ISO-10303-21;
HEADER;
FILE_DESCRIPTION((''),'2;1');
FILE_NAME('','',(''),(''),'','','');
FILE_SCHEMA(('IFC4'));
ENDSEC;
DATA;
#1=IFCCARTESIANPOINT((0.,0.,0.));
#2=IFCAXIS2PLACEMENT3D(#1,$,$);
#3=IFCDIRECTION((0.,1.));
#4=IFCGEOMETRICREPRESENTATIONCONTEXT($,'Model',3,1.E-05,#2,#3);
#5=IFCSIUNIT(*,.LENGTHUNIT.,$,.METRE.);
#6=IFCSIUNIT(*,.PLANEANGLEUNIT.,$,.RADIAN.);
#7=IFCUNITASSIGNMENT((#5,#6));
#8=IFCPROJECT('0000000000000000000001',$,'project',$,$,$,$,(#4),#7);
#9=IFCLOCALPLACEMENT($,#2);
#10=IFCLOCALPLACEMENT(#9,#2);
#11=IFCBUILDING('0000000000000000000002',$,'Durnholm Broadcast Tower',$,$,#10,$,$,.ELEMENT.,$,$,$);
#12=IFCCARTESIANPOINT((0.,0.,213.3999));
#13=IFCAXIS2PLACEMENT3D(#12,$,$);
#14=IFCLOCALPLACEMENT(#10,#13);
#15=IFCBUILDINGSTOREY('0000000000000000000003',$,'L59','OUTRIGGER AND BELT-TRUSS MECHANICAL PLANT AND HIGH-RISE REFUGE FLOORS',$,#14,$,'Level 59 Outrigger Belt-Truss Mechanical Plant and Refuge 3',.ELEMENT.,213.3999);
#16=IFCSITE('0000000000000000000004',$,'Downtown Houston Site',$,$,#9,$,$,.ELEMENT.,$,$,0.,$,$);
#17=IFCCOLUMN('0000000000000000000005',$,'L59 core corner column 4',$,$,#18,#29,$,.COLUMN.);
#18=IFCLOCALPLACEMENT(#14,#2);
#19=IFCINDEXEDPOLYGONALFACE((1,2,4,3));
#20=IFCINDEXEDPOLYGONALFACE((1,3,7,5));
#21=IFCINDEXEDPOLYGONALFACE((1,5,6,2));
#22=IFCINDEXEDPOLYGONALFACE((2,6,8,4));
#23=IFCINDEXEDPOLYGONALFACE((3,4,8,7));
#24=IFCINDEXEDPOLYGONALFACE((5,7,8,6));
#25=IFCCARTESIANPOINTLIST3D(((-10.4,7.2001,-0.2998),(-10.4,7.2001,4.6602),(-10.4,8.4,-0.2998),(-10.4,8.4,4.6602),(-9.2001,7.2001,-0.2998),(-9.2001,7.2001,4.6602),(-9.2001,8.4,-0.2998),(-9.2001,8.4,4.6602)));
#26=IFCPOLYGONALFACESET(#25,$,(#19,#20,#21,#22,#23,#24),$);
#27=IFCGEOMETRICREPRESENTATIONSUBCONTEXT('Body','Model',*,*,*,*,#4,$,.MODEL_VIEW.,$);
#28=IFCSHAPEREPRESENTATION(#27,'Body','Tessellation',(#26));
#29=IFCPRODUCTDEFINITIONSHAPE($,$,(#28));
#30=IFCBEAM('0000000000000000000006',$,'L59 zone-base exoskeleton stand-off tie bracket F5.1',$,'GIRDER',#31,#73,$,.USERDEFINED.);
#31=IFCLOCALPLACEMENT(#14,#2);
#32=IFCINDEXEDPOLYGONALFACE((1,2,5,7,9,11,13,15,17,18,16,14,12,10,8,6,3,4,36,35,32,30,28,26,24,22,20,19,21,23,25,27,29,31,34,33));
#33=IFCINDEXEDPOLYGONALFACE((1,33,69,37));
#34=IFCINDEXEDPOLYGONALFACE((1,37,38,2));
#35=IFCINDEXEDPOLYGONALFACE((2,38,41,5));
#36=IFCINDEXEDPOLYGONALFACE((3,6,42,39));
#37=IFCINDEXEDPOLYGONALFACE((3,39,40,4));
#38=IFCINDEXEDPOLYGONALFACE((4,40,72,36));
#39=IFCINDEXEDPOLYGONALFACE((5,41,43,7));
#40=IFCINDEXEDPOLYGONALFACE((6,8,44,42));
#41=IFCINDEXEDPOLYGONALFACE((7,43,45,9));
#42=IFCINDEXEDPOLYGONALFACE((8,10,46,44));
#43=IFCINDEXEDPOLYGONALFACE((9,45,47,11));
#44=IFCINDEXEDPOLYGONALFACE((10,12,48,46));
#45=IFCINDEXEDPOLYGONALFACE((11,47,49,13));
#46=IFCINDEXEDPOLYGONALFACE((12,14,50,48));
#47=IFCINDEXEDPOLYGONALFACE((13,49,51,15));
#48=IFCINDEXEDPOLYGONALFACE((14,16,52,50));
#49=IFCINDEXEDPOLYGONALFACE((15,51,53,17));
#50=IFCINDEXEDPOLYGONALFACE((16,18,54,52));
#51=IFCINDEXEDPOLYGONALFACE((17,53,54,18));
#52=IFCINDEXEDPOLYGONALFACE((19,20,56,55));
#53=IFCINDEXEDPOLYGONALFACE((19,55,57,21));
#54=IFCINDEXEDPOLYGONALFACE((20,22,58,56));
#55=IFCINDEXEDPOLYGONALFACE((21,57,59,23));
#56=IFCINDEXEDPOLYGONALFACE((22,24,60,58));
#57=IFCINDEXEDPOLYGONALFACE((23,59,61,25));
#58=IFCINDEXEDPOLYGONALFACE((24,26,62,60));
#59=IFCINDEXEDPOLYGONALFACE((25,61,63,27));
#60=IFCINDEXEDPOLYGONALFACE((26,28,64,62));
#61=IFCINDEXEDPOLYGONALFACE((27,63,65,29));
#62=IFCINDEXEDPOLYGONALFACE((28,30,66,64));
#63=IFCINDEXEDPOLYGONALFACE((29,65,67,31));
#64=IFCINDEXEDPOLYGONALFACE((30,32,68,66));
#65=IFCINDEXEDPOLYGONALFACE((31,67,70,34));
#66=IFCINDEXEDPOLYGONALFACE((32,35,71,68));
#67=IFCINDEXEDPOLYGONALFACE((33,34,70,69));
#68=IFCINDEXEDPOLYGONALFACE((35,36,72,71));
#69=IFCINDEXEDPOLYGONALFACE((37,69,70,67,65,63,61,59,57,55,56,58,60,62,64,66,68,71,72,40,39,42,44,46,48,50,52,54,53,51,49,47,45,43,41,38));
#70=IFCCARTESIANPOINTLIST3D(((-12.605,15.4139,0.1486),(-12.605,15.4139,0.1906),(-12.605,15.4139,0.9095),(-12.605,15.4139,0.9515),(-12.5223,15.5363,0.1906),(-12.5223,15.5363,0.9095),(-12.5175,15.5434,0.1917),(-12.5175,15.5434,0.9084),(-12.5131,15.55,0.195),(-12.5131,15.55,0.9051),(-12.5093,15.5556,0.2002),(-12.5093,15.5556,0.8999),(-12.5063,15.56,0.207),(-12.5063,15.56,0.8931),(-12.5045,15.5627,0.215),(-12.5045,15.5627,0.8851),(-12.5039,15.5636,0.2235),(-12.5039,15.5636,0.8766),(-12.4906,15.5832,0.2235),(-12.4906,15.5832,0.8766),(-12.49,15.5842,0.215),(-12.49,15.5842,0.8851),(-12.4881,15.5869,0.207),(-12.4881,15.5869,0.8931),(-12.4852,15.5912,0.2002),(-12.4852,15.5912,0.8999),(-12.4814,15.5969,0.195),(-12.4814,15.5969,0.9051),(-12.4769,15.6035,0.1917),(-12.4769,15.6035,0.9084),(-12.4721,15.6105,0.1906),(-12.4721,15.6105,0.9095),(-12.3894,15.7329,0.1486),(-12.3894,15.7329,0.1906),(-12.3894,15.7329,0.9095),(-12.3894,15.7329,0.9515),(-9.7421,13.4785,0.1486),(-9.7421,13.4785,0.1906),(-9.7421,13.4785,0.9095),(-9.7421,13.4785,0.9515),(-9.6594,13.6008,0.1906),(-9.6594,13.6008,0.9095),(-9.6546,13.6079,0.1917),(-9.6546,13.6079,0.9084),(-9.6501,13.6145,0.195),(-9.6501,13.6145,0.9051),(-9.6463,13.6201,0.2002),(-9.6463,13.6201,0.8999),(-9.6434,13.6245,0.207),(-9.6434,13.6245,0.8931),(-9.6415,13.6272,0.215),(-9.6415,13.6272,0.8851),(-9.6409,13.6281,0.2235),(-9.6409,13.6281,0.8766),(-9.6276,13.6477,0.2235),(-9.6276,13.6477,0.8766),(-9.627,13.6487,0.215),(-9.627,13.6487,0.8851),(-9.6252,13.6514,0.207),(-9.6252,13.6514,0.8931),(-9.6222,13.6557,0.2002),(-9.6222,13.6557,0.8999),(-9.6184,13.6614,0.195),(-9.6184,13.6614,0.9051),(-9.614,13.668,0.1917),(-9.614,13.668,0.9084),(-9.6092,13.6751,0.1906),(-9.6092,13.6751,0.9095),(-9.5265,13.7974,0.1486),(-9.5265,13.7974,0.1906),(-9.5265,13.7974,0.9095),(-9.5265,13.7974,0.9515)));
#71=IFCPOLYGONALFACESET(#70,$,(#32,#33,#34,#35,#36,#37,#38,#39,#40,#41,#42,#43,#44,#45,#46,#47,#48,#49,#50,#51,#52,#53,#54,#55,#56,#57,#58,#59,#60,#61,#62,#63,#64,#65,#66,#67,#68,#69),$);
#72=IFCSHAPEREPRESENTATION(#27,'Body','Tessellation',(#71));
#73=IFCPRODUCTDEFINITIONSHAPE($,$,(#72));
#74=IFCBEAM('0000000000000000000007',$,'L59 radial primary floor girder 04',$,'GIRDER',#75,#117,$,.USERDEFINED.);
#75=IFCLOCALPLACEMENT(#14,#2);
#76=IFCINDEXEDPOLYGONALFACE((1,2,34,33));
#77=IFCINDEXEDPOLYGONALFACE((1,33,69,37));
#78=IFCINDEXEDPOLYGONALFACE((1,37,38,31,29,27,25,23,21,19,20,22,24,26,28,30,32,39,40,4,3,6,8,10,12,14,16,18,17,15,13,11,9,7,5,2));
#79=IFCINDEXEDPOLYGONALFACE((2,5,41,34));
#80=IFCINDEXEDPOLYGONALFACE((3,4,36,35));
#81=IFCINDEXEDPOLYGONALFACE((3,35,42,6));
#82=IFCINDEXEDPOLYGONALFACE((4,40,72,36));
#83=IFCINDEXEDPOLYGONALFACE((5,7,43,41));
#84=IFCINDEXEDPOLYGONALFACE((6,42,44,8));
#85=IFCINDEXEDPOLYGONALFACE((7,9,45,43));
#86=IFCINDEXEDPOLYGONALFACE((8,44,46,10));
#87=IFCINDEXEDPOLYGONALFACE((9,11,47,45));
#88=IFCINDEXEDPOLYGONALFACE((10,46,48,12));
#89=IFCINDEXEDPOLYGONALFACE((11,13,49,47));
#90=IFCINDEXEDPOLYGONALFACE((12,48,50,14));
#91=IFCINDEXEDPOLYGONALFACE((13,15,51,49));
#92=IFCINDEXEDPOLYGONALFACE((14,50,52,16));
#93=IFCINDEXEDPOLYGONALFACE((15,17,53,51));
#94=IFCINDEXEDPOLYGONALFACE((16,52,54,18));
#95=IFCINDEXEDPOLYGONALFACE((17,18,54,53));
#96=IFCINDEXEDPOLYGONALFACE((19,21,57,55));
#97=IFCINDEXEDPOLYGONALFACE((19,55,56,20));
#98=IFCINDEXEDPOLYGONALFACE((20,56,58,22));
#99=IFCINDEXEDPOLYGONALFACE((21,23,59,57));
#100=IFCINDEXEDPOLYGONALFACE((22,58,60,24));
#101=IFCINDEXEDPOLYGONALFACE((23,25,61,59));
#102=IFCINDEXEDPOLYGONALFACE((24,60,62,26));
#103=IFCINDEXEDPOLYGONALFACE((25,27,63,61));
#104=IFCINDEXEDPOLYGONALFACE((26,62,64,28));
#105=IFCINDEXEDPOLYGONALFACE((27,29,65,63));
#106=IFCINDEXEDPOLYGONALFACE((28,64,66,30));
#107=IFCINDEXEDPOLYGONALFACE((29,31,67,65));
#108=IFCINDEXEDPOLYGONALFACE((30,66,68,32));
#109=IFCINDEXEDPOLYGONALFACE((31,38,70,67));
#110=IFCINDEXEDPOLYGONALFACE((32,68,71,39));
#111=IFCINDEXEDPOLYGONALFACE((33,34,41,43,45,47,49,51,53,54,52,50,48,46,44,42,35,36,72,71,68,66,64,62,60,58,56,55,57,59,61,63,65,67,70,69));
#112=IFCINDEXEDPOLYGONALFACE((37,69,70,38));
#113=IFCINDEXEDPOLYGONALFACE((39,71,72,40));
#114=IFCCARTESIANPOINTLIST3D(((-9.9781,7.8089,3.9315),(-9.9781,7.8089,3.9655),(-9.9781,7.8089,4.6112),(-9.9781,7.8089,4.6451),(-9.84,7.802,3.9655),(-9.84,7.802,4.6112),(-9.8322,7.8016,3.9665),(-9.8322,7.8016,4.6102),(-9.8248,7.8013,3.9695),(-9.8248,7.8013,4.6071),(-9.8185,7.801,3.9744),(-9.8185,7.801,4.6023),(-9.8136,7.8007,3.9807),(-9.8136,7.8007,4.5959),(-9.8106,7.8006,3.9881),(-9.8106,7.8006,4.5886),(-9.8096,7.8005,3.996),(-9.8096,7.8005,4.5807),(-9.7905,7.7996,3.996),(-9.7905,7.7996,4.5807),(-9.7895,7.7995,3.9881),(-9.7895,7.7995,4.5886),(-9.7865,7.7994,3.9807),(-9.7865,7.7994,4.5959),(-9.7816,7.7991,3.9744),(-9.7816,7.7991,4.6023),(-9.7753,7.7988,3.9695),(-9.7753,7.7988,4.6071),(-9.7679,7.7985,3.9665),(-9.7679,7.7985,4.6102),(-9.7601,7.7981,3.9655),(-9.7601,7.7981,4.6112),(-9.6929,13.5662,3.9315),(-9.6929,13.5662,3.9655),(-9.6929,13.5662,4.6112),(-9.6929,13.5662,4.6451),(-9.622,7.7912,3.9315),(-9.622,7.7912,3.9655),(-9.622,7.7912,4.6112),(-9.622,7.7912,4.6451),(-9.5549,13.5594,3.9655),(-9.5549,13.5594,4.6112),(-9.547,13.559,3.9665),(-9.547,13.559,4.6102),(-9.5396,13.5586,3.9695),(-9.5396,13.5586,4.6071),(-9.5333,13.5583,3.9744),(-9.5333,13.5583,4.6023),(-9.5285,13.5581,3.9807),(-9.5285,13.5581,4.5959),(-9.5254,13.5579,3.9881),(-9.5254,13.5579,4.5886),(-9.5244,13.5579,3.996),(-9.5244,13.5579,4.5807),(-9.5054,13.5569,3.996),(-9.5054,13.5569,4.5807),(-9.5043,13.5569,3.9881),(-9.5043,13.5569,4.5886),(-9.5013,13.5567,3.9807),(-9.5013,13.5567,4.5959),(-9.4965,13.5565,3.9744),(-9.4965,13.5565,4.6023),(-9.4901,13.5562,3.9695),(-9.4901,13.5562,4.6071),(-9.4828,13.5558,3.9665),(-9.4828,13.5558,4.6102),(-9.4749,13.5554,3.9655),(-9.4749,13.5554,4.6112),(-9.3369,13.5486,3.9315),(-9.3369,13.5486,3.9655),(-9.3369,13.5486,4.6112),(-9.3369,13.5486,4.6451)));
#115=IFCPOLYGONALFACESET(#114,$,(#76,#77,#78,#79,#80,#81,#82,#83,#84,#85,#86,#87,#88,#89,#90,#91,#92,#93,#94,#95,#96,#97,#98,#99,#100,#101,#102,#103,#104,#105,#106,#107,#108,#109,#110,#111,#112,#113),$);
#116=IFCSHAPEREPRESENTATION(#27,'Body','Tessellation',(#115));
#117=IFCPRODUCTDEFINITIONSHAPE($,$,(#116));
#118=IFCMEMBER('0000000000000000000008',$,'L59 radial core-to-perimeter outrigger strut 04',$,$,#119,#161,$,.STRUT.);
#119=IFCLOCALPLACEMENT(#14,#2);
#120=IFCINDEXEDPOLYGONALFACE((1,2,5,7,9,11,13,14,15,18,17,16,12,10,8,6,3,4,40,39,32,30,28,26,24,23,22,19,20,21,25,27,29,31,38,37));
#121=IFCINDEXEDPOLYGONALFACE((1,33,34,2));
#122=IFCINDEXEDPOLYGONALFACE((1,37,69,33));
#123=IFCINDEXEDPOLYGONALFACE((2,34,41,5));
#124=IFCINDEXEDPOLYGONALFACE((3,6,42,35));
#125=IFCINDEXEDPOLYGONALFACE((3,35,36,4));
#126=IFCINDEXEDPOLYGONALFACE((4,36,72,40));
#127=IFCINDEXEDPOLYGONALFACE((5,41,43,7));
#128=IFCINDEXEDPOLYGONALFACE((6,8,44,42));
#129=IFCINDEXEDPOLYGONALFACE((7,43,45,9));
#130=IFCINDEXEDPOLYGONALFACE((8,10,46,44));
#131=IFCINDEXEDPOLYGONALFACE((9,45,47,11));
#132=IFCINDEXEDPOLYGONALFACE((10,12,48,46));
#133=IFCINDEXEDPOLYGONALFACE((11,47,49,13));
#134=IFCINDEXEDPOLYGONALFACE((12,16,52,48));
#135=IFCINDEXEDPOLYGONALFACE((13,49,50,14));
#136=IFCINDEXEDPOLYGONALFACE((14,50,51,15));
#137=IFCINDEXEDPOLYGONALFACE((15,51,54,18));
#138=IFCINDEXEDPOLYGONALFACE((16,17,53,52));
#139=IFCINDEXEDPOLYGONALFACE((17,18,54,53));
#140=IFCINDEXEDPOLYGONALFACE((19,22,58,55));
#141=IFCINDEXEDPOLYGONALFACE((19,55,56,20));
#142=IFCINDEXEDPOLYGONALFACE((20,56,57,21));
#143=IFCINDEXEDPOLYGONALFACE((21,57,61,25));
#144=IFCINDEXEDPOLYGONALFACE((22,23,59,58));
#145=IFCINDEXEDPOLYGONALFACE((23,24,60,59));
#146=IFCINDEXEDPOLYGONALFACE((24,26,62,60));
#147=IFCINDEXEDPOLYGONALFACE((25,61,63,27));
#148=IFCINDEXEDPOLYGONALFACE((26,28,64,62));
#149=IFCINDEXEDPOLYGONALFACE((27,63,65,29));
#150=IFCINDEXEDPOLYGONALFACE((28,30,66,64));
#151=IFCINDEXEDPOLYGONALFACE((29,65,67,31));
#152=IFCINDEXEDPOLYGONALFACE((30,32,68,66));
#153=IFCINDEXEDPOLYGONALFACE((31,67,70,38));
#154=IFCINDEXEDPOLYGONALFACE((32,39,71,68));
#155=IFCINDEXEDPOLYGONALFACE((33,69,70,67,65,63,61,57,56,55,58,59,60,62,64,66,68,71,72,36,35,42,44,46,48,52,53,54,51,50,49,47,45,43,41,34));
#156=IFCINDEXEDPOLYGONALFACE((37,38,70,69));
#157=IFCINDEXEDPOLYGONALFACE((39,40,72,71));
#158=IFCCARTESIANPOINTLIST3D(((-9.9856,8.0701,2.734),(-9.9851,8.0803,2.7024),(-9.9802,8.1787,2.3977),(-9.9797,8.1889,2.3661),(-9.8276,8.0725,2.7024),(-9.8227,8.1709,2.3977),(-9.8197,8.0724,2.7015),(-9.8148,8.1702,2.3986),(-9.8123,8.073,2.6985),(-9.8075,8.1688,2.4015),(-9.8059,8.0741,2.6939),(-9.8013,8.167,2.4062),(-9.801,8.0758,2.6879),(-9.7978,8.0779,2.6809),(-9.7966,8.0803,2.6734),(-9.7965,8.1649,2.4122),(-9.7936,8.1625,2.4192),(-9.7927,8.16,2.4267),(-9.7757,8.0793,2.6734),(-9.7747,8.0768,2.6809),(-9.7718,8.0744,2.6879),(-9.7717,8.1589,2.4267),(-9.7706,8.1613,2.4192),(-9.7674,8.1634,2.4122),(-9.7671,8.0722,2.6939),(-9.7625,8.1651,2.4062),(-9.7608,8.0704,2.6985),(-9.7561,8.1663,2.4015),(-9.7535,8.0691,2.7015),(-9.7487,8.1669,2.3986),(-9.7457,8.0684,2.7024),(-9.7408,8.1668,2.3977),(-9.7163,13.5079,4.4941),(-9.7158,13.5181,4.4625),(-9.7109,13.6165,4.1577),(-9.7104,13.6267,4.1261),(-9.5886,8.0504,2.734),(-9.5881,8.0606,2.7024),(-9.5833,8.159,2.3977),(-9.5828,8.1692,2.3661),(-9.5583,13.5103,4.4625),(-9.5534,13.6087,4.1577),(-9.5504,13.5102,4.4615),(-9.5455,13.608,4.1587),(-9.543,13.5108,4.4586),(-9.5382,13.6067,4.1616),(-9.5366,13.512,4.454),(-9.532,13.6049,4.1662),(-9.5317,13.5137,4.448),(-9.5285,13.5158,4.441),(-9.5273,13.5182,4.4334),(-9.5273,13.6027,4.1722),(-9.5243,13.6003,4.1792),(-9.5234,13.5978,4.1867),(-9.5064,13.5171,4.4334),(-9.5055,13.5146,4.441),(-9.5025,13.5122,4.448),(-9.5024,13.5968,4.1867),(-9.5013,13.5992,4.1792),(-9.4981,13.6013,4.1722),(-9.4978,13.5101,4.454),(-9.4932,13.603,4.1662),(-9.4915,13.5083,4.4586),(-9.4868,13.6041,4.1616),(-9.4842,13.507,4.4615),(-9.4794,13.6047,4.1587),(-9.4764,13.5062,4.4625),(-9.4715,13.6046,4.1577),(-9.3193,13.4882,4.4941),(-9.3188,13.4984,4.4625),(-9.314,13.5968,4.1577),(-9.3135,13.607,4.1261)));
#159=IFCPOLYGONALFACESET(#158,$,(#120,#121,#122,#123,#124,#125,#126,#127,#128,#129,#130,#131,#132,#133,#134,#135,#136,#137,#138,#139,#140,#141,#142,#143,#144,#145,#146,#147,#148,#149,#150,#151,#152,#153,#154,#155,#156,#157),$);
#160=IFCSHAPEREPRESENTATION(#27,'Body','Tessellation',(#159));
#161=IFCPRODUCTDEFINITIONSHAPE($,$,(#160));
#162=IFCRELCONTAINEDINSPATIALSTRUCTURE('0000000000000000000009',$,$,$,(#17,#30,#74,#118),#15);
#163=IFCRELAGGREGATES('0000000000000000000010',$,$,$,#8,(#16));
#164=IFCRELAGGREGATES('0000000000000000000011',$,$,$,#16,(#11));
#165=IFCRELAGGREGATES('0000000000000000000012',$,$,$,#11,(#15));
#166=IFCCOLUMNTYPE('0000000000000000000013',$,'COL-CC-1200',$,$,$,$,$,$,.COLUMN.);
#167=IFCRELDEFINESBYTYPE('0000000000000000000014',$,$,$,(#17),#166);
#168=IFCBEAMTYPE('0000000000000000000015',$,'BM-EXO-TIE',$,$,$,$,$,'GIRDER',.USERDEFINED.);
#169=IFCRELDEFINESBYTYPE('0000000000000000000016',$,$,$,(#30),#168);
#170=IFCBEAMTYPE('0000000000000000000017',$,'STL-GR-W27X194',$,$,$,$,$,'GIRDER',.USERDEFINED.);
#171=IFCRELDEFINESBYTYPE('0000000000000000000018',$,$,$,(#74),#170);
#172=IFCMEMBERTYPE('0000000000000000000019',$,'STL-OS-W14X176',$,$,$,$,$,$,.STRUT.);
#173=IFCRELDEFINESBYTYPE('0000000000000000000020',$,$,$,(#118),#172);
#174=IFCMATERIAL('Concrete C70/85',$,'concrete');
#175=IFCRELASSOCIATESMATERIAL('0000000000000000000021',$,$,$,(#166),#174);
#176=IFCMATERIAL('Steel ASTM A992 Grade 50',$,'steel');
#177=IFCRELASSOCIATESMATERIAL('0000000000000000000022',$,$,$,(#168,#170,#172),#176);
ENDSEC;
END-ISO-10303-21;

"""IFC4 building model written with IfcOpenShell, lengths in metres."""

from ifc_helpers import new_model, si_unit, direction, frame, origin, origin_2d, place, context, subcontext, project, spatial, rectangle, i_section, extrude, source, transform, mapped, material, material_profile, profile_set, type_object, type_shapes, element, save


model = new_model("IFC4")

# Units and contexts
model_context = context("Model", 3, precision=1e-05, world=origin(), true_north=direction((0.0, 1.0)))
body_context = subcontext(model_context, "Body", "Model", "MODEL_VIEW")
ifc_project = project(units=[si_unit("LENGTHUNIT", "METRE"), si_unit("PLANEANGLEUNIT", "RADIAN")], contexts=[model_context])

# Site, building, storey
site_placement = place(None, origin())
site = spatial("IfcSite", under=ifc_project, at=site_placement, Name="Downtown Houston Site", CompositionType="ELEMENT", RefElevation=0.0)
building_placement = place(site_placement, origin())
building = spatial("IfcBuilding", under=site, at=building_placement, Name="Durnholm Broadcast Tower", CompositionType="ELEMENT")
storey_placement = place(building_placement, frame((0.0, 0.0, 213.3999)))
storey = spatial("IfcBuildingStorey", under=building, at=storey_placement, Name="L59", Description="OUTRIGGER AND BELT-TRUSS MECHANICAL PLANT AND HIGH-RISE REFUGE FLOORS", LongName="Level 59 Outrigger Belt-Truss Mechanical Plant and Refuge 3", CompositionType="ELEMENT", Elevation=213.3999)

# Column
ifc_material_1 = material(Name="Concrete C70/85", Category="concrete")
ifc_material_profile_1 = material_profile(ifc_material_1, rectangle(XDim=1.2, YDim=1.2, at=origin_2d()), Name="RC1200X1200")
ifc_profile_set_1 = profile_set([ifc_material_profile_1], Name="Concrete C70/85")
column_type = type_object("IfcColumnType", Name="COL-CC-1200", PredefinedType="COLUMN", material=ifc_profile_set_1)
shared_shape_1 = source(origin(), body_context, "Body", "SweptSolid", [
    extrude(rectangle(XDim=1.2, YDim=1.2, at=origin_2d()), origin(), (0.0, 0.0, 1.0), 4.96),
])
type_shapes(column_type, [shared_shape_1])
column_placement = place(storey_placement, frame((-9.8, 7.8, -0.2998), z_axis=(0.0, 0.0, 1.0), x_axis=(1.0, 0.0, 0.0)))
element("IfcColumn", 1, at=column_placement, inside=storey, type_object=column_type, Name="L59 core corner column 4", PredefinedType="COLUMN", context=body_context, shape_type="MappedRepresentation", body=[
    mapped(shared_shape_1, transform((0.0, 0.0, 0.0), x_axis=(1.0, 0.0, 0.0), y_axis=(0.0, 1.0, 0.0), z_axis=(0.0, 0.0, 1.0), scale=1.0)),
])

# Beams
ifc_material_2 = material(Name="Steel ASTM A992 Grade 50", Category="steel")
ifc_material_profile_2 = material_profile(ifc_material_2, i_section(OverallWidth=0.385, OverallDepth=0.803, WebThickness=0.0237, FlangeThickness=0.042, FilletRadius=0.033, at=origin_2d()), Name="W30X261")
ifc_profile_set_2 = profile_set([ifc_material_profile_2], Name="Steel ASTM A992 Grade 50")
beam_type_1 = type_object("IfcBeamType", Name="BM-EXO-TIE", ElementType="GIRDER", PredefinedType="USERDEFINED", material=ifc_profile_set_2)
shared_shape_2 = source(origin(), body_context, "Body", "SweptSolid", [
    extrude(i_section(OverallWidth=0.385, OverallDepth=0.803, WebThickness=0.0237, FlangeThickness=0.042, FilletRadius=0.033, at=origin_2d()), origin(), (0.0, 0.0, 1.0), 3.4558),
])
beam_1_placement = place(storey_placement, frame((-9.6343, 13.6379, 0.55), z_axis=(-0.828446, 0.560068, 0.0), x_axis=(-0.560068, -0.828446, 0.0)))
element("IfcBeam", 2, at=beam_1_placement, inside=storey, type_object=beam_type_1, Name="L59 zone-base exoskeleton stand-off tie bracket F5.1", ObjectType="GIRDER", PredefinedType="USERDEFINED", context=body_context, shape_type="MappedRepresentation", body=[
    mapped(shared_shape_2, transform((0.0, 0.0, 0.0), x_axis=(1.0, 0.0, 0.0), y_axis=(0.0, 1.0, 0.0), z_axis=(0.0, 0.0, 1.0), scale=1.0)),
])
ifc_material_profile_3 = material_profile(ifc_material_2, i_section(OverallWidth=0.3564, OverallDepth=0.7136, WebThickness=0.019, FlangeThickness=0.0339, FilletRadius=0.0305, at=origin_2d()), Name="W27X194")
ifc_profile_set_3 = profile_set([ifc_material_profile_3], Name="Steel ASTM A992 Grade 50")
beam_type_2 = type_object("IfcBeamType", Name="STL-GR-W27X194", ElementType="GIRDER", PredefinedType="USERDEFINED", material=ifc_profile_set_3)
shared_shape_3 = source(origin(), body_context, "Body", "SweptSolid", [
    extrude(i_section(OverallWidth=0.3564, OverallDepth=0.7136, WebThickness=0.019, FlangeThickness=0.0339, FilletRadius=0.0305, at=origin_2d()), origin(), (0.0, 0.0, 1.0), 5.7644),
])
type_shapes(beam_type_2, [shared_shape_3])
beam_2_placement = place(storey_placement, frame((-9.8, 7.8, 4.2883), z_axis=(0.049469, 0.998776, 0.0), x_axis=(-0.998776, 0.049469, 0.0)))
element("IfcBeam", 3, at=beam_2_placement, inside=storey, type_object=beam_type_2, Name="L59 radial primary floor girder 04", ObjectType="GIRDER", PredefinedType="USERDEFINED", context=body_context, shape_type="MappedRepresentation", body=[
    mapped(shared_shape_3, transform((0.0, 0.0, 0.0), x_axis=(1.0, 0.0, 0.0), y_axis=(0.0, 1.0, 0.0), z_axis=(0.0, 0.0, 1.0), scale=1.0)),
])

# Member
ifc_material_profile_4 = material_profile(ifc_material_2, i_section(OverallWidth=0.3975, OverallDepth=0.3867, WebThickness=0.021, FlangeThickness=0.0332, FilletRadius=0.0305, at=origin_2d()), Name="W14X176")
ifc_profile_set_4 = profile_set([ifc_material_profile_4], Name="Steel ASTM A992 Grade 50")
member_type_1 = type_object("IfcMemberType", Name="STL-OS-W14X176", PredefinedType="STRUT", material=ifc_profile_set_4)
shared_shape_4 = source(origin(), body_context, "Body", "SweptSolid", [
    extrude(i_section(OverallWidth=0.3975, OverallDepth=0.3867, WebThickness=0.021, FlangeThickness=0.0332, FilletRadius=0.0305, at=origin_2d()), origin(), (0.0, 0.0, 1.0), 5.7219),
])
type_shapes(member_type_1, [shared_shape_4])
member_1_placement = place(storey_placement, frame((-9.7842, 8.1196, 2.55), z_axis=(0.047063, 0.950352, 0.307596), x_axis=(-0.998776, 0.049461, 0.0)))
element("IfcMember", 4, at=member_1_placement, inside=storey, type_object=member_type_1, Name="L59 radial core-to-perimeter outrigger strut 04", PredefinedType="STRUT", context=body_context, shape_type="MappedRepresentation", body=[
    mapped(shared_shape_4, transform((0.0, 0.0, 0.0), x_axis=(1.0, 0.0, 0.0), y_axis=(0.0, 1.0, 0.0), z_axis=(0.0, 0.0, 1.0), scale=1.0)),
])

save(model, "model.ifc")
